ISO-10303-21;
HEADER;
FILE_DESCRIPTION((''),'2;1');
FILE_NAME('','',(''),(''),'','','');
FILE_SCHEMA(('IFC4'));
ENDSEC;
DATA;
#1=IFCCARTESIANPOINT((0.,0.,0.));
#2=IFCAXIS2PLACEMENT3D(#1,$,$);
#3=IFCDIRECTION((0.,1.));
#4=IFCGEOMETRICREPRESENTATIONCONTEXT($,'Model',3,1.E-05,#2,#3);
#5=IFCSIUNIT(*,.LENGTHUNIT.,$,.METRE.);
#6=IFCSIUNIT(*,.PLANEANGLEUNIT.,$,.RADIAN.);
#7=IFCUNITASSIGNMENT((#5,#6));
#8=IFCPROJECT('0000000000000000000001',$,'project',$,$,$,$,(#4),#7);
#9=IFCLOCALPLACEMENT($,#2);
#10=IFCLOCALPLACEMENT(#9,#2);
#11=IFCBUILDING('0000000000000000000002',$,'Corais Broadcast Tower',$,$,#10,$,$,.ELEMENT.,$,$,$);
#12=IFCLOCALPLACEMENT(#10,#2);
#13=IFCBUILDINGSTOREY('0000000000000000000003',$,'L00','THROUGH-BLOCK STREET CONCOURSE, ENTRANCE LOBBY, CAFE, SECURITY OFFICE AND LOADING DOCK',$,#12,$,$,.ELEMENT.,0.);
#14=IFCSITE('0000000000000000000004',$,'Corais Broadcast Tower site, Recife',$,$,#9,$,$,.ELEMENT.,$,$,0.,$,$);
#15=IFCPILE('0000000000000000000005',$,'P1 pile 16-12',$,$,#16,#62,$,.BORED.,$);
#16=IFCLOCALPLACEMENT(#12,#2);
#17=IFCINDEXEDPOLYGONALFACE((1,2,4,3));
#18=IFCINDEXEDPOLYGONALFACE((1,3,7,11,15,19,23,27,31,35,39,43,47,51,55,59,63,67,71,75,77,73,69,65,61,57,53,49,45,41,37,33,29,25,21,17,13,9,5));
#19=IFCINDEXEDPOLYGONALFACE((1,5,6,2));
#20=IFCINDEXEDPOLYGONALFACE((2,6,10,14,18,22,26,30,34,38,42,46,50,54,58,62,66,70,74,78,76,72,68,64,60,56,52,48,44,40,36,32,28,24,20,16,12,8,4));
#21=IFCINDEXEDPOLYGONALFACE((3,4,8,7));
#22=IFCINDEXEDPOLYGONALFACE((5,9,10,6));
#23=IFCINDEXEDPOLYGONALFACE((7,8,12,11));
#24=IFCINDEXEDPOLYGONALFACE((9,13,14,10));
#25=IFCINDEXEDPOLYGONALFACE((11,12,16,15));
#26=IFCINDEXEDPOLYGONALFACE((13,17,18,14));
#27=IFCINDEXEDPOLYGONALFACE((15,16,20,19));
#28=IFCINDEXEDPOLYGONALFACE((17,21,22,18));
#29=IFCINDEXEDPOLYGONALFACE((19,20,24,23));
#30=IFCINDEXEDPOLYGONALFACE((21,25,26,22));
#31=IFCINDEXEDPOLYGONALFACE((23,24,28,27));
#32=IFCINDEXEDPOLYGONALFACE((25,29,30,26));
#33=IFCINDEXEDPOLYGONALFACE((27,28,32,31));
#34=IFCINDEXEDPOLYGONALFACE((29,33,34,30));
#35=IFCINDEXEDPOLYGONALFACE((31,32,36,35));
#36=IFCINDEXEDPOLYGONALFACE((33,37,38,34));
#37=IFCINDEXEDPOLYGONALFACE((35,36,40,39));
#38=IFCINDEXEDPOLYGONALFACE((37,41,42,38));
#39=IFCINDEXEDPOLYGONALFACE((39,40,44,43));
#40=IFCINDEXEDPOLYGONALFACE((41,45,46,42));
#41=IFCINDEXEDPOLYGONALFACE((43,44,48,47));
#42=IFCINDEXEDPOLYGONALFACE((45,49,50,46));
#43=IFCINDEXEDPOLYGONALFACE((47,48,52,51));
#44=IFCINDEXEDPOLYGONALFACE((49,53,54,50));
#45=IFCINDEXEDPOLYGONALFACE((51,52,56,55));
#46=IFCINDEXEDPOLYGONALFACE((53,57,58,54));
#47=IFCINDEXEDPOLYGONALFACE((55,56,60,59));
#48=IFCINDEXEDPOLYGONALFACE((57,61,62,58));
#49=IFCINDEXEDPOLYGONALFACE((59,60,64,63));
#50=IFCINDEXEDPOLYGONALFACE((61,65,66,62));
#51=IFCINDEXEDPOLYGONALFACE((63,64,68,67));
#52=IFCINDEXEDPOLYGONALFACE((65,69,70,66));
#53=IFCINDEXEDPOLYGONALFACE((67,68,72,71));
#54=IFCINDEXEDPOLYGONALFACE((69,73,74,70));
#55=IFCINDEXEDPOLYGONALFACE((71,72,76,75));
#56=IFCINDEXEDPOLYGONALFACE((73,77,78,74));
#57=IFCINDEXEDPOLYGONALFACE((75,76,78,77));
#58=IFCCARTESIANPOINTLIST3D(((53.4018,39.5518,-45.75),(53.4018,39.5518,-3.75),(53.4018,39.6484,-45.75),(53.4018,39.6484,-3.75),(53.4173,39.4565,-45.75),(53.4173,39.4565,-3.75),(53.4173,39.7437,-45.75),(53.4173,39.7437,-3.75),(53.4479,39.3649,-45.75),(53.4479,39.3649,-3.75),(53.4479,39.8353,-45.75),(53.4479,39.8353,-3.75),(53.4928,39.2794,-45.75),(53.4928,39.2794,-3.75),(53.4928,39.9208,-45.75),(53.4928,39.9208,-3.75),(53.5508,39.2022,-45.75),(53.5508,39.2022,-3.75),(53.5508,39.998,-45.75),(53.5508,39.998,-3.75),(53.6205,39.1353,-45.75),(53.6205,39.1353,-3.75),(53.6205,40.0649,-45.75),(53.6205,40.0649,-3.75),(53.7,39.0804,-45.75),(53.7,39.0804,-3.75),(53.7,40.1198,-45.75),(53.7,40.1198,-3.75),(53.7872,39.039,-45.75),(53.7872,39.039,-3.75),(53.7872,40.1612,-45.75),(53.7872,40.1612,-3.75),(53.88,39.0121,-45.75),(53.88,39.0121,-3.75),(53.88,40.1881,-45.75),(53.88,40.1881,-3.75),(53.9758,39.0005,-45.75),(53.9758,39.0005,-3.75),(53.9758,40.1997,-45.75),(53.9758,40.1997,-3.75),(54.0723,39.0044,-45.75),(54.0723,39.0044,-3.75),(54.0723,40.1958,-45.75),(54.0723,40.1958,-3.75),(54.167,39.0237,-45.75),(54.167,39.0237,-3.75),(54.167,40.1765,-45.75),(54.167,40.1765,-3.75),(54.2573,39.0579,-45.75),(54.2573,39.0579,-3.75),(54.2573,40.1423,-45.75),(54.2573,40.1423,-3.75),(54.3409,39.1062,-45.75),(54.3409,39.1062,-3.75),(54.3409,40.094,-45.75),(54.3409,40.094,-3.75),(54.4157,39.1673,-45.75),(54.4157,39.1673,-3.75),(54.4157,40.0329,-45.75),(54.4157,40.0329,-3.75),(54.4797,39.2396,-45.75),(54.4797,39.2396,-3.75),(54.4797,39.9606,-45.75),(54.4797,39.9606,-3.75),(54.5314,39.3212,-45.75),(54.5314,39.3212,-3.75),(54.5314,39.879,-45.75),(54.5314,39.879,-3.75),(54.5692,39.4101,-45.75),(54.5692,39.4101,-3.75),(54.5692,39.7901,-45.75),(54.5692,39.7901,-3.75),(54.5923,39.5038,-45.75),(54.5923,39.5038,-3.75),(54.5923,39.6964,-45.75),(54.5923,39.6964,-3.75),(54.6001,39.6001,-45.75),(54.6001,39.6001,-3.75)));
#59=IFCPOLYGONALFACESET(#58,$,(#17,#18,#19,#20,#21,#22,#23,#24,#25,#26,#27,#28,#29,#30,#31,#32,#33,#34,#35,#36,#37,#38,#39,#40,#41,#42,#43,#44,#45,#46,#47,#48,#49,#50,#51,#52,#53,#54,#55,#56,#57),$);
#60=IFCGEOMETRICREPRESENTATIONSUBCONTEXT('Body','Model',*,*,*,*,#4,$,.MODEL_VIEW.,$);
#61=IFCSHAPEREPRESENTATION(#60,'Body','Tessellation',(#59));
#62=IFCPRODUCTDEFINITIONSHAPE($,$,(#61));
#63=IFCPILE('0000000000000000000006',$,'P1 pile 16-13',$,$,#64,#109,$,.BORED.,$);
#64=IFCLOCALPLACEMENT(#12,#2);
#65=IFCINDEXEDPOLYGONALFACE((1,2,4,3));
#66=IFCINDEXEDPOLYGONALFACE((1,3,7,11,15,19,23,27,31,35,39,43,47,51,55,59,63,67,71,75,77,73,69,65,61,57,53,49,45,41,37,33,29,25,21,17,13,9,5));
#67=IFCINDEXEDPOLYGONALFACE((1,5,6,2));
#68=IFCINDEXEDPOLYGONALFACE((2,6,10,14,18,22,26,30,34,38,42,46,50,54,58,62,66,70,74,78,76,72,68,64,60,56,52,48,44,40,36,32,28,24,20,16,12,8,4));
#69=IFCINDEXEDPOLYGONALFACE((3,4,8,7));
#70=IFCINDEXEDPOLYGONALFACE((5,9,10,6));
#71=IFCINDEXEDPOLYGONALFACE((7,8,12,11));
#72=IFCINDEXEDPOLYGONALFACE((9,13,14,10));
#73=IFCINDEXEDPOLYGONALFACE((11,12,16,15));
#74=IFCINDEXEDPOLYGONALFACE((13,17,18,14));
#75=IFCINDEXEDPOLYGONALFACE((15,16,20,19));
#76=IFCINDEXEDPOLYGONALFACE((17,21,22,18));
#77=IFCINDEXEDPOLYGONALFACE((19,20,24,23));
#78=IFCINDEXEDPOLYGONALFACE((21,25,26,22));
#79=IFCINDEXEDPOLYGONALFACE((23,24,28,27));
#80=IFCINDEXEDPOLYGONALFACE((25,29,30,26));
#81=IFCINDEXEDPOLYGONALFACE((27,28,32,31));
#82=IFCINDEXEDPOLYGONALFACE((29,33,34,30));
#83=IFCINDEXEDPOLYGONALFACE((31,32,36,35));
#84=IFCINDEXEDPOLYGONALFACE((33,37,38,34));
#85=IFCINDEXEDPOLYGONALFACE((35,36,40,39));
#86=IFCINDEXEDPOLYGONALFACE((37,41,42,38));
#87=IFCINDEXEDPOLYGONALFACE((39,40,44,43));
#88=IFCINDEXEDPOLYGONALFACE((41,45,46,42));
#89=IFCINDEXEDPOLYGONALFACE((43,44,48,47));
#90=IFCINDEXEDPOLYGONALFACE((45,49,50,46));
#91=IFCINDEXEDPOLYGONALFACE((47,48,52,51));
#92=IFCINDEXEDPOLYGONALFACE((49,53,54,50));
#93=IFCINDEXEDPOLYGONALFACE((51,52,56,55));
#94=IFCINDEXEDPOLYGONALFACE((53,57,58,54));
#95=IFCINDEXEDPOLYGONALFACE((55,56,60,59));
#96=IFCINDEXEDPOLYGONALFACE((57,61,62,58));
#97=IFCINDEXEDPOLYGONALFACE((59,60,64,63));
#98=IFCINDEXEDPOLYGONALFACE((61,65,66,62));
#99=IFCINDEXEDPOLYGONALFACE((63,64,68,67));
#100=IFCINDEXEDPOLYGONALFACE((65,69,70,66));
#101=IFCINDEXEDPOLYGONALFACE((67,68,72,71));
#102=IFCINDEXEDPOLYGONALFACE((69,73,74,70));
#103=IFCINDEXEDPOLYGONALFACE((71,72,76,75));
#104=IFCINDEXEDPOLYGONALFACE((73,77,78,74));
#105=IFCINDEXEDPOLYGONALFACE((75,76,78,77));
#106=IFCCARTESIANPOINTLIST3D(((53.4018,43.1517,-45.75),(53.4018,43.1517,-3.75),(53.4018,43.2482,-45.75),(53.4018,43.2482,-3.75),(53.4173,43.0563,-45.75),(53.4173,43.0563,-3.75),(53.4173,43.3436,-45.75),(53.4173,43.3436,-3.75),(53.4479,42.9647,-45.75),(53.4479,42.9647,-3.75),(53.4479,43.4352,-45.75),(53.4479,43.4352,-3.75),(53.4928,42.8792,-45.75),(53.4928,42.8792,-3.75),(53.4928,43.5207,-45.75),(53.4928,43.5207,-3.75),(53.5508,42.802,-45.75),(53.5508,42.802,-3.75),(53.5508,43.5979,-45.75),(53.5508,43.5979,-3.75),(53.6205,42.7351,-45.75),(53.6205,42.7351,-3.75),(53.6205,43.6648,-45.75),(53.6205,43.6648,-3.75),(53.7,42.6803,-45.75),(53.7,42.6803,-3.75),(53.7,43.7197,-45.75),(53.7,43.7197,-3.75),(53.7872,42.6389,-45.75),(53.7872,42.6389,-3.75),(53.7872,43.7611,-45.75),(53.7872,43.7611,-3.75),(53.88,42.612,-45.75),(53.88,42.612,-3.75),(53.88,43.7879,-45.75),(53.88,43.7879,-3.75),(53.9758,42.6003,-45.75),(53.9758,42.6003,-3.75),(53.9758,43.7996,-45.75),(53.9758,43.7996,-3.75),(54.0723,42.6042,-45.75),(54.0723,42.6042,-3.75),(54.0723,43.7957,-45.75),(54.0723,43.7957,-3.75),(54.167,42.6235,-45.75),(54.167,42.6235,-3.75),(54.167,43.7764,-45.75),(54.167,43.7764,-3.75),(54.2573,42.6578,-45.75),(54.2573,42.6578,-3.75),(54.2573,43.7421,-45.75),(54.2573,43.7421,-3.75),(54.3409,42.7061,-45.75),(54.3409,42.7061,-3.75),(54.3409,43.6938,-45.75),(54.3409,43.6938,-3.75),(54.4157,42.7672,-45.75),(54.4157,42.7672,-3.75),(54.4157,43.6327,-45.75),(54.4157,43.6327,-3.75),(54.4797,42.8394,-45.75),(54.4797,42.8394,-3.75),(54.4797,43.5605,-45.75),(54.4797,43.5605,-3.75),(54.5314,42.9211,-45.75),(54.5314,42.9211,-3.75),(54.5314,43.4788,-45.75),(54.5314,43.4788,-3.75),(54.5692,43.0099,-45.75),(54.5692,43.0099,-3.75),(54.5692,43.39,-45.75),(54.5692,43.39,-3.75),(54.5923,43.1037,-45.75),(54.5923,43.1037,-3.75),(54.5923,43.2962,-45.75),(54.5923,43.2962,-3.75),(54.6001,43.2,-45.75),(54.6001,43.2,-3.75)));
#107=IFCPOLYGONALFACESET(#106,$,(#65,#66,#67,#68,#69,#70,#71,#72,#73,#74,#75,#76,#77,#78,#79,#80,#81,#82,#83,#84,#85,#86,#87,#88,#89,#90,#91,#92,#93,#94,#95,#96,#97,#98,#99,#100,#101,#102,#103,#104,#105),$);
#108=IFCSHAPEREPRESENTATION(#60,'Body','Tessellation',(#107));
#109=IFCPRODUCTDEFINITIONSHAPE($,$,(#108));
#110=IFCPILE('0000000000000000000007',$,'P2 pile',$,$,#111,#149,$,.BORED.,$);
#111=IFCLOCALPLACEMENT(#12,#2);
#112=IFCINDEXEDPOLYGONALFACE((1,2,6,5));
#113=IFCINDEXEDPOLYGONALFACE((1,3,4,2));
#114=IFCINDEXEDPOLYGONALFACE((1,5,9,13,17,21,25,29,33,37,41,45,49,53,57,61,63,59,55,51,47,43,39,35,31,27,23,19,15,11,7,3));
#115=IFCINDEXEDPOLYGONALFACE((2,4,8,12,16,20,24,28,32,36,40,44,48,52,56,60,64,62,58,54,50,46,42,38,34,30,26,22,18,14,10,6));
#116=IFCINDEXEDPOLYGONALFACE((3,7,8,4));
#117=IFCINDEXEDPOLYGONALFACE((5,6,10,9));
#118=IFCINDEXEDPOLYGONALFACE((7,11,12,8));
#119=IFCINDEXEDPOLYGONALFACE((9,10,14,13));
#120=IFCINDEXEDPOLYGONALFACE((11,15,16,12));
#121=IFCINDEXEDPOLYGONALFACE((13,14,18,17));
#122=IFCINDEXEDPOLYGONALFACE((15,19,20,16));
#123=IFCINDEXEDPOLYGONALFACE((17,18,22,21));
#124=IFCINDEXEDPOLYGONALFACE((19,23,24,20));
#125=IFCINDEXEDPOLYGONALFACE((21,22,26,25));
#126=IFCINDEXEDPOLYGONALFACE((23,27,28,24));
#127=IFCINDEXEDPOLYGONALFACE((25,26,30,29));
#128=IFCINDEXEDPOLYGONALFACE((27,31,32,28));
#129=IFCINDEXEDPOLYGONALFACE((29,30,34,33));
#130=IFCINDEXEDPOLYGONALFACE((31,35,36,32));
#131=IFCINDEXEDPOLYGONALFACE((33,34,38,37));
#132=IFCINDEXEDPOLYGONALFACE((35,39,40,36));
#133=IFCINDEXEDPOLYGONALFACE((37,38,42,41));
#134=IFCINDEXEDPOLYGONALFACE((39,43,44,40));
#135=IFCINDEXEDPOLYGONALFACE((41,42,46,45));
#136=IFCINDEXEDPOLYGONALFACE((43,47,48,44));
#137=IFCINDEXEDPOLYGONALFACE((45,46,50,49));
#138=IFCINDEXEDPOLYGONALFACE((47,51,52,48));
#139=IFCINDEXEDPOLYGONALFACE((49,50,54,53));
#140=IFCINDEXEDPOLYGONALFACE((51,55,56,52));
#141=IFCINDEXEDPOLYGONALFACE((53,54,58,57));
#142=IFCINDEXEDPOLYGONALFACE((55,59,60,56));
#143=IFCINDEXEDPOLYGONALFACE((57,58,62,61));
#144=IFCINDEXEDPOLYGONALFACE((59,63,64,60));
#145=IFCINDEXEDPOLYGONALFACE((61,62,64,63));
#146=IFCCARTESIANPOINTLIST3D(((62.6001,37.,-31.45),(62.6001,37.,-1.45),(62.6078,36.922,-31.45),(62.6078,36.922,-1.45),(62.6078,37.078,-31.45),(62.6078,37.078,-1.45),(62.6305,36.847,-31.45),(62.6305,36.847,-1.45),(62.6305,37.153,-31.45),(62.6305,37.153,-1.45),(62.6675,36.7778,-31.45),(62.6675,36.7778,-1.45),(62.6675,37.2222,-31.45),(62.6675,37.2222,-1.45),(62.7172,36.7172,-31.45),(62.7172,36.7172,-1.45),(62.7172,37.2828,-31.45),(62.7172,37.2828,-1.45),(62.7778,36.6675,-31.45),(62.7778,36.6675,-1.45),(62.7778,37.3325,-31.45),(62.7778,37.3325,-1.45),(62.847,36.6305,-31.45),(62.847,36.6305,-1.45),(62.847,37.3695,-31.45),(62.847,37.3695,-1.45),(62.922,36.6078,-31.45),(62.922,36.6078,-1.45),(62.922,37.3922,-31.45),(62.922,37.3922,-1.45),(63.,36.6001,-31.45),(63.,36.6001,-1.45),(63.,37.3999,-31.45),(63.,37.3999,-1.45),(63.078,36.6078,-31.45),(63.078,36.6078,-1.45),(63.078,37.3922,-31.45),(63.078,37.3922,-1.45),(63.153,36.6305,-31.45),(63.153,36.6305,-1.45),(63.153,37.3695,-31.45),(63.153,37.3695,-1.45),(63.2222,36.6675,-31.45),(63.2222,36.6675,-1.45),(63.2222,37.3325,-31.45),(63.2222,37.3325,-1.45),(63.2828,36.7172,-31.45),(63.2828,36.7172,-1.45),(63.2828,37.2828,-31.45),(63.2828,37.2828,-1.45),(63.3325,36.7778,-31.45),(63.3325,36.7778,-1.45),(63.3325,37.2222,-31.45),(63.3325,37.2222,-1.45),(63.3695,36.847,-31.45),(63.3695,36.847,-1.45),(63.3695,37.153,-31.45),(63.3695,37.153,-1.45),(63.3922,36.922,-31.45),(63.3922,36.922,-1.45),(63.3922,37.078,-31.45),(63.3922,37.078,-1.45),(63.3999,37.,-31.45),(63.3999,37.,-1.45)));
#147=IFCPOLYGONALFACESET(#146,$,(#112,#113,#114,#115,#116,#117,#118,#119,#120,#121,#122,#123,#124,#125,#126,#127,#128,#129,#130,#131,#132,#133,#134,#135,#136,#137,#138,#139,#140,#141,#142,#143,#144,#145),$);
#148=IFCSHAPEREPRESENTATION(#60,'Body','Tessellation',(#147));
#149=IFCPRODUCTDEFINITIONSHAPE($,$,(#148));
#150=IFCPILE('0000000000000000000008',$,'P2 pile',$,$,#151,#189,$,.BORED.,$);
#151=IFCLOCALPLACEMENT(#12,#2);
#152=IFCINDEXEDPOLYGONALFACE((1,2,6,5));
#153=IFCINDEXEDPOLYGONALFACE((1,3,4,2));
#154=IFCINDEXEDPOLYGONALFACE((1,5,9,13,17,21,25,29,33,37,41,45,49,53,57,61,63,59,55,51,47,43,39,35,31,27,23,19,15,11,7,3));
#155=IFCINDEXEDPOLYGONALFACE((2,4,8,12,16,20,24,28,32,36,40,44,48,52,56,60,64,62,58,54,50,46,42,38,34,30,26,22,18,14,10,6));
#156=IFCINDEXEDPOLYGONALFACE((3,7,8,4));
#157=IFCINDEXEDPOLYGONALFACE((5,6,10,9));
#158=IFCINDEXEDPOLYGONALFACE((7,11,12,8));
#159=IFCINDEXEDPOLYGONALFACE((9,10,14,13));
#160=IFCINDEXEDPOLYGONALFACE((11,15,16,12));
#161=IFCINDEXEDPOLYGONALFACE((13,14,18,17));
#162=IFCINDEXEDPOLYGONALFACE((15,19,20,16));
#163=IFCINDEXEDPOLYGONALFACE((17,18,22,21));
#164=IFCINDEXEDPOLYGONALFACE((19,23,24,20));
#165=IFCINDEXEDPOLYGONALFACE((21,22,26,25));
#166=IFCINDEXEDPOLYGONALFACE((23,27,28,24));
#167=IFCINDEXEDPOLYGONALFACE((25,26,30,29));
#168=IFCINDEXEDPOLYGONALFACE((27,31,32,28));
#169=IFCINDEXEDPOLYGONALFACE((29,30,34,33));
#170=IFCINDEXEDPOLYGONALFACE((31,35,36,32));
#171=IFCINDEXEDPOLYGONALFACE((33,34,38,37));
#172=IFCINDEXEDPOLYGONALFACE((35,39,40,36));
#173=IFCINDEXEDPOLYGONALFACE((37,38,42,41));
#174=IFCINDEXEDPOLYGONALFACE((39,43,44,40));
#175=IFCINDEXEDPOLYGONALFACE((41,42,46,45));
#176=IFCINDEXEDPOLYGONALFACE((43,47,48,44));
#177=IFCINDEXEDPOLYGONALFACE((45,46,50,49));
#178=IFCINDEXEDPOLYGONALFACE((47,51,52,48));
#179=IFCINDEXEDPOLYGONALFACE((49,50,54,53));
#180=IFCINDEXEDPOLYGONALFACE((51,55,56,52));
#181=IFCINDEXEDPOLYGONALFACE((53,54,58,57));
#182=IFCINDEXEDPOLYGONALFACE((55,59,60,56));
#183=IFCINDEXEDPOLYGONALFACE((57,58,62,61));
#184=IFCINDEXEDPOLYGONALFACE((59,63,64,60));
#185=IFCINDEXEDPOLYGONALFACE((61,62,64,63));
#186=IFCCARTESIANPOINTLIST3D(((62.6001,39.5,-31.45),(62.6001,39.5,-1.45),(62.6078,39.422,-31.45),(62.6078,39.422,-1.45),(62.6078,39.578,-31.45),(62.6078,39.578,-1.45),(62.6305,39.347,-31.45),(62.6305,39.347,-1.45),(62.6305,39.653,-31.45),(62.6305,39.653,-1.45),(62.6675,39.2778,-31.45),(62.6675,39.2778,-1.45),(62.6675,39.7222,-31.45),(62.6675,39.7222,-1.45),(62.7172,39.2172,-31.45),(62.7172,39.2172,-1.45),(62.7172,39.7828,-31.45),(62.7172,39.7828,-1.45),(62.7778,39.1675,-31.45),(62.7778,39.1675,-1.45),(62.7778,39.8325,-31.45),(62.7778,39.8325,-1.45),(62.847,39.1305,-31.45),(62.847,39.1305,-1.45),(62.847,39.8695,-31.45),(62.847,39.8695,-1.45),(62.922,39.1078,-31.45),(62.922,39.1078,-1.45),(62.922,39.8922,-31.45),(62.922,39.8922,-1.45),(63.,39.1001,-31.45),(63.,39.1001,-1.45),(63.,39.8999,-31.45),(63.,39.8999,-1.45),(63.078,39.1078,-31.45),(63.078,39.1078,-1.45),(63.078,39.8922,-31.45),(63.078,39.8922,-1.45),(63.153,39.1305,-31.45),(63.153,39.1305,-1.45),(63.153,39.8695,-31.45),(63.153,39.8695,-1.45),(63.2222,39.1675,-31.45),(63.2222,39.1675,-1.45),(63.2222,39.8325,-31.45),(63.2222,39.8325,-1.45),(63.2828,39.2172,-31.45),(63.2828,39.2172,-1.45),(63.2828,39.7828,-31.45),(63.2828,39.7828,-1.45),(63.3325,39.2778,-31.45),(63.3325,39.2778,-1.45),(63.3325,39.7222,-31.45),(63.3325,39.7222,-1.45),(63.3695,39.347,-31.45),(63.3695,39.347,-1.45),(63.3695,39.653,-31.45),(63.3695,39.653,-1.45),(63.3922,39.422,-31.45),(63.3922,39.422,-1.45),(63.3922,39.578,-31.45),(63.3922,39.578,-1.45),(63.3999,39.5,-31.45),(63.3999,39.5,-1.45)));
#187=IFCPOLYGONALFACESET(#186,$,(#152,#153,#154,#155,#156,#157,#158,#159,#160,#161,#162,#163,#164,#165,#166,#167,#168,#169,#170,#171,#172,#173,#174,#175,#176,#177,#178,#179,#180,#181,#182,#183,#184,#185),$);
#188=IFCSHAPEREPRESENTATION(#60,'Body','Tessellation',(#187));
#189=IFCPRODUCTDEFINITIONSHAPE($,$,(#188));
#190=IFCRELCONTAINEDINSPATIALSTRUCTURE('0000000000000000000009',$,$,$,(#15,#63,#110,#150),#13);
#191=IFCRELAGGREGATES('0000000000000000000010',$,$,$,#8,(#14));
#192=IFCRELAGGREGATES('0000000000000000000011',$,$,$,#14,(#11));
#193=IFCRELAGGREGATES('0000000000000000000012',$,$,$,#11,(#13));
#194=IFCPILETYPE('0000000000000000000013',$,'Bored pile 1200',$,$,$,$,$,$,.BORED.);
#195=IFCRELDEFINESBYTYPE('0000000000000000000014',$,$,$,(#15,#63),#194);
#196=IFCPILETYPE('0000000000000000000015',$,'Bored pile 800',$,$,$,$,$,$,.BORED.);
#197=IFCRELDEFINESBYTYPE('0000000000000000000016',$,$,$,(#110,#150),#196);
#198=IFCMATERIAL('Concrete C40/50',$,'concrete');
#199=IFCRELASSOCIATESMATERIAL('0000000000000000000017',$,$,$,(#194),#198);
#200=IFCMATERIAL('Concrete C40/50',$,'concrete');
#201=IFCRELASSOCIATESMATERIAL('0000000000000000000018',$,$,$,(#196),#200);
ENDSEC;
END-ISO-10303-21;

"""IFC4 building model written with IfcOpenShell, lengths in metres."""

from ifc_helpers import new_model, si_unit, direction, frame, origin, origin_2d, place, context, subcontext, project, spatial, circle, extrude, material, type_object, element, save


model = new_model("IFC4")

# Units and contexts
model_context = context("Model", 3, precision=1e-05, world=origin(), true_north=direction((0.0, 1.0)))
body_context = subcontext(model_context, "Body", "Model", "MODEL_VIEW")
ifc_project = project(units=[si_unit("LENGTHUNIT", "METRE"), si_unit("PLANEANGLEUNIT", "RADIAN")], contexts=[model_context])

# Site, building, storey
site_placement = place(None, origin())
site = spatial("IfcSite", under=ifc_project, at=site_placement, Name="Corais Broadcast Tower site, Recife", CompositionType="ELEMENT", RefElevation=0.0)
building_placement = place(site_placement, origin())
building = spatial("IfcBuilding", under=site, at=building_placement, Name="Corais Broadcast Tower", CompositionType="ELEMENT")
storey_placement = place(building_placement, origin())
storey = spatial("IfcBuildingStorey", under=building, at=storey_placement, Name="L00", Description="THROUGH-BLOCK STREET CONCOURSE, ENTRANCE LOBBY, CAFE, SECURITY OFFICE AND LOADING DOCK", CompositionType="ELEMENT", Elevation=0.0)

# Piles
ifc_material_1 = material(Name="Concrete C40/50", Category="concrete")
pile_type_1 = type_object("IfcPileType", Name="Bored pile 1200", PredefinedType="BORED", material=ifc_material_1)
for number, where, z_axis, x_axis, name in (
    (1, (54.0, 39.6001, -3.75), (0.0, 0.0, -1.0), (1.0, 0.0, 0.0), "P1 pile 16-12"),
    (2, (54.0, 43.2, -3.75), (0.0, 0.0, -1.0), (1.0, 0.0, 0.0), "P1 pile 16-13"),
):
    element("IfcPile", number, at=place(storey_placement, frame(where, z_axis=z_axis, x_axis=x_axis)), inside=storey, type_object=pile_type_1, Name=name, PredefinedType="BORED", context=body_context, shape_type="SweptSolid", body=[
        extrude(circle(Radius=0.6001, at=origin_2d()), origin(), (0.0, 0.0, 1.0), 42.0),
    ])
ifc_material_2 = material(Name="Concrete C40/50", Category="concrete")
pile_type_2 = type_object("IfcPileType", Name="Bored pile 800", PredefinedType="BORED", material=ifc_material_2)
for number, where, z_axis, x_axis, name in (
    (3, (63.0, 37.0, -1.45), (0.0, 0.0, -1.0), (1.0, 0.0, 0.0), "P2 pile"),
    (4, (63.0, 39.5, -1.45), (0.0, 0.0, -1.0), (1.0, 0.0, 0.0), "P2 pile"),
):
    element("IfcPile", number, at=place(storey_placement, frame(where, z_axis=z_axis, x_axis=x_axis)), inside=storey, type_object=pile_type_2, Name=name, PredefinedType="BORED", context=body_context, shape_type="SweptSolid", body=[
        extrude(circle(Radius=0.3999, at=origin_2d()), origin(), (0.0, 0.0, 1.0), 30.0),
    ])

save(model, "model.ifc")
